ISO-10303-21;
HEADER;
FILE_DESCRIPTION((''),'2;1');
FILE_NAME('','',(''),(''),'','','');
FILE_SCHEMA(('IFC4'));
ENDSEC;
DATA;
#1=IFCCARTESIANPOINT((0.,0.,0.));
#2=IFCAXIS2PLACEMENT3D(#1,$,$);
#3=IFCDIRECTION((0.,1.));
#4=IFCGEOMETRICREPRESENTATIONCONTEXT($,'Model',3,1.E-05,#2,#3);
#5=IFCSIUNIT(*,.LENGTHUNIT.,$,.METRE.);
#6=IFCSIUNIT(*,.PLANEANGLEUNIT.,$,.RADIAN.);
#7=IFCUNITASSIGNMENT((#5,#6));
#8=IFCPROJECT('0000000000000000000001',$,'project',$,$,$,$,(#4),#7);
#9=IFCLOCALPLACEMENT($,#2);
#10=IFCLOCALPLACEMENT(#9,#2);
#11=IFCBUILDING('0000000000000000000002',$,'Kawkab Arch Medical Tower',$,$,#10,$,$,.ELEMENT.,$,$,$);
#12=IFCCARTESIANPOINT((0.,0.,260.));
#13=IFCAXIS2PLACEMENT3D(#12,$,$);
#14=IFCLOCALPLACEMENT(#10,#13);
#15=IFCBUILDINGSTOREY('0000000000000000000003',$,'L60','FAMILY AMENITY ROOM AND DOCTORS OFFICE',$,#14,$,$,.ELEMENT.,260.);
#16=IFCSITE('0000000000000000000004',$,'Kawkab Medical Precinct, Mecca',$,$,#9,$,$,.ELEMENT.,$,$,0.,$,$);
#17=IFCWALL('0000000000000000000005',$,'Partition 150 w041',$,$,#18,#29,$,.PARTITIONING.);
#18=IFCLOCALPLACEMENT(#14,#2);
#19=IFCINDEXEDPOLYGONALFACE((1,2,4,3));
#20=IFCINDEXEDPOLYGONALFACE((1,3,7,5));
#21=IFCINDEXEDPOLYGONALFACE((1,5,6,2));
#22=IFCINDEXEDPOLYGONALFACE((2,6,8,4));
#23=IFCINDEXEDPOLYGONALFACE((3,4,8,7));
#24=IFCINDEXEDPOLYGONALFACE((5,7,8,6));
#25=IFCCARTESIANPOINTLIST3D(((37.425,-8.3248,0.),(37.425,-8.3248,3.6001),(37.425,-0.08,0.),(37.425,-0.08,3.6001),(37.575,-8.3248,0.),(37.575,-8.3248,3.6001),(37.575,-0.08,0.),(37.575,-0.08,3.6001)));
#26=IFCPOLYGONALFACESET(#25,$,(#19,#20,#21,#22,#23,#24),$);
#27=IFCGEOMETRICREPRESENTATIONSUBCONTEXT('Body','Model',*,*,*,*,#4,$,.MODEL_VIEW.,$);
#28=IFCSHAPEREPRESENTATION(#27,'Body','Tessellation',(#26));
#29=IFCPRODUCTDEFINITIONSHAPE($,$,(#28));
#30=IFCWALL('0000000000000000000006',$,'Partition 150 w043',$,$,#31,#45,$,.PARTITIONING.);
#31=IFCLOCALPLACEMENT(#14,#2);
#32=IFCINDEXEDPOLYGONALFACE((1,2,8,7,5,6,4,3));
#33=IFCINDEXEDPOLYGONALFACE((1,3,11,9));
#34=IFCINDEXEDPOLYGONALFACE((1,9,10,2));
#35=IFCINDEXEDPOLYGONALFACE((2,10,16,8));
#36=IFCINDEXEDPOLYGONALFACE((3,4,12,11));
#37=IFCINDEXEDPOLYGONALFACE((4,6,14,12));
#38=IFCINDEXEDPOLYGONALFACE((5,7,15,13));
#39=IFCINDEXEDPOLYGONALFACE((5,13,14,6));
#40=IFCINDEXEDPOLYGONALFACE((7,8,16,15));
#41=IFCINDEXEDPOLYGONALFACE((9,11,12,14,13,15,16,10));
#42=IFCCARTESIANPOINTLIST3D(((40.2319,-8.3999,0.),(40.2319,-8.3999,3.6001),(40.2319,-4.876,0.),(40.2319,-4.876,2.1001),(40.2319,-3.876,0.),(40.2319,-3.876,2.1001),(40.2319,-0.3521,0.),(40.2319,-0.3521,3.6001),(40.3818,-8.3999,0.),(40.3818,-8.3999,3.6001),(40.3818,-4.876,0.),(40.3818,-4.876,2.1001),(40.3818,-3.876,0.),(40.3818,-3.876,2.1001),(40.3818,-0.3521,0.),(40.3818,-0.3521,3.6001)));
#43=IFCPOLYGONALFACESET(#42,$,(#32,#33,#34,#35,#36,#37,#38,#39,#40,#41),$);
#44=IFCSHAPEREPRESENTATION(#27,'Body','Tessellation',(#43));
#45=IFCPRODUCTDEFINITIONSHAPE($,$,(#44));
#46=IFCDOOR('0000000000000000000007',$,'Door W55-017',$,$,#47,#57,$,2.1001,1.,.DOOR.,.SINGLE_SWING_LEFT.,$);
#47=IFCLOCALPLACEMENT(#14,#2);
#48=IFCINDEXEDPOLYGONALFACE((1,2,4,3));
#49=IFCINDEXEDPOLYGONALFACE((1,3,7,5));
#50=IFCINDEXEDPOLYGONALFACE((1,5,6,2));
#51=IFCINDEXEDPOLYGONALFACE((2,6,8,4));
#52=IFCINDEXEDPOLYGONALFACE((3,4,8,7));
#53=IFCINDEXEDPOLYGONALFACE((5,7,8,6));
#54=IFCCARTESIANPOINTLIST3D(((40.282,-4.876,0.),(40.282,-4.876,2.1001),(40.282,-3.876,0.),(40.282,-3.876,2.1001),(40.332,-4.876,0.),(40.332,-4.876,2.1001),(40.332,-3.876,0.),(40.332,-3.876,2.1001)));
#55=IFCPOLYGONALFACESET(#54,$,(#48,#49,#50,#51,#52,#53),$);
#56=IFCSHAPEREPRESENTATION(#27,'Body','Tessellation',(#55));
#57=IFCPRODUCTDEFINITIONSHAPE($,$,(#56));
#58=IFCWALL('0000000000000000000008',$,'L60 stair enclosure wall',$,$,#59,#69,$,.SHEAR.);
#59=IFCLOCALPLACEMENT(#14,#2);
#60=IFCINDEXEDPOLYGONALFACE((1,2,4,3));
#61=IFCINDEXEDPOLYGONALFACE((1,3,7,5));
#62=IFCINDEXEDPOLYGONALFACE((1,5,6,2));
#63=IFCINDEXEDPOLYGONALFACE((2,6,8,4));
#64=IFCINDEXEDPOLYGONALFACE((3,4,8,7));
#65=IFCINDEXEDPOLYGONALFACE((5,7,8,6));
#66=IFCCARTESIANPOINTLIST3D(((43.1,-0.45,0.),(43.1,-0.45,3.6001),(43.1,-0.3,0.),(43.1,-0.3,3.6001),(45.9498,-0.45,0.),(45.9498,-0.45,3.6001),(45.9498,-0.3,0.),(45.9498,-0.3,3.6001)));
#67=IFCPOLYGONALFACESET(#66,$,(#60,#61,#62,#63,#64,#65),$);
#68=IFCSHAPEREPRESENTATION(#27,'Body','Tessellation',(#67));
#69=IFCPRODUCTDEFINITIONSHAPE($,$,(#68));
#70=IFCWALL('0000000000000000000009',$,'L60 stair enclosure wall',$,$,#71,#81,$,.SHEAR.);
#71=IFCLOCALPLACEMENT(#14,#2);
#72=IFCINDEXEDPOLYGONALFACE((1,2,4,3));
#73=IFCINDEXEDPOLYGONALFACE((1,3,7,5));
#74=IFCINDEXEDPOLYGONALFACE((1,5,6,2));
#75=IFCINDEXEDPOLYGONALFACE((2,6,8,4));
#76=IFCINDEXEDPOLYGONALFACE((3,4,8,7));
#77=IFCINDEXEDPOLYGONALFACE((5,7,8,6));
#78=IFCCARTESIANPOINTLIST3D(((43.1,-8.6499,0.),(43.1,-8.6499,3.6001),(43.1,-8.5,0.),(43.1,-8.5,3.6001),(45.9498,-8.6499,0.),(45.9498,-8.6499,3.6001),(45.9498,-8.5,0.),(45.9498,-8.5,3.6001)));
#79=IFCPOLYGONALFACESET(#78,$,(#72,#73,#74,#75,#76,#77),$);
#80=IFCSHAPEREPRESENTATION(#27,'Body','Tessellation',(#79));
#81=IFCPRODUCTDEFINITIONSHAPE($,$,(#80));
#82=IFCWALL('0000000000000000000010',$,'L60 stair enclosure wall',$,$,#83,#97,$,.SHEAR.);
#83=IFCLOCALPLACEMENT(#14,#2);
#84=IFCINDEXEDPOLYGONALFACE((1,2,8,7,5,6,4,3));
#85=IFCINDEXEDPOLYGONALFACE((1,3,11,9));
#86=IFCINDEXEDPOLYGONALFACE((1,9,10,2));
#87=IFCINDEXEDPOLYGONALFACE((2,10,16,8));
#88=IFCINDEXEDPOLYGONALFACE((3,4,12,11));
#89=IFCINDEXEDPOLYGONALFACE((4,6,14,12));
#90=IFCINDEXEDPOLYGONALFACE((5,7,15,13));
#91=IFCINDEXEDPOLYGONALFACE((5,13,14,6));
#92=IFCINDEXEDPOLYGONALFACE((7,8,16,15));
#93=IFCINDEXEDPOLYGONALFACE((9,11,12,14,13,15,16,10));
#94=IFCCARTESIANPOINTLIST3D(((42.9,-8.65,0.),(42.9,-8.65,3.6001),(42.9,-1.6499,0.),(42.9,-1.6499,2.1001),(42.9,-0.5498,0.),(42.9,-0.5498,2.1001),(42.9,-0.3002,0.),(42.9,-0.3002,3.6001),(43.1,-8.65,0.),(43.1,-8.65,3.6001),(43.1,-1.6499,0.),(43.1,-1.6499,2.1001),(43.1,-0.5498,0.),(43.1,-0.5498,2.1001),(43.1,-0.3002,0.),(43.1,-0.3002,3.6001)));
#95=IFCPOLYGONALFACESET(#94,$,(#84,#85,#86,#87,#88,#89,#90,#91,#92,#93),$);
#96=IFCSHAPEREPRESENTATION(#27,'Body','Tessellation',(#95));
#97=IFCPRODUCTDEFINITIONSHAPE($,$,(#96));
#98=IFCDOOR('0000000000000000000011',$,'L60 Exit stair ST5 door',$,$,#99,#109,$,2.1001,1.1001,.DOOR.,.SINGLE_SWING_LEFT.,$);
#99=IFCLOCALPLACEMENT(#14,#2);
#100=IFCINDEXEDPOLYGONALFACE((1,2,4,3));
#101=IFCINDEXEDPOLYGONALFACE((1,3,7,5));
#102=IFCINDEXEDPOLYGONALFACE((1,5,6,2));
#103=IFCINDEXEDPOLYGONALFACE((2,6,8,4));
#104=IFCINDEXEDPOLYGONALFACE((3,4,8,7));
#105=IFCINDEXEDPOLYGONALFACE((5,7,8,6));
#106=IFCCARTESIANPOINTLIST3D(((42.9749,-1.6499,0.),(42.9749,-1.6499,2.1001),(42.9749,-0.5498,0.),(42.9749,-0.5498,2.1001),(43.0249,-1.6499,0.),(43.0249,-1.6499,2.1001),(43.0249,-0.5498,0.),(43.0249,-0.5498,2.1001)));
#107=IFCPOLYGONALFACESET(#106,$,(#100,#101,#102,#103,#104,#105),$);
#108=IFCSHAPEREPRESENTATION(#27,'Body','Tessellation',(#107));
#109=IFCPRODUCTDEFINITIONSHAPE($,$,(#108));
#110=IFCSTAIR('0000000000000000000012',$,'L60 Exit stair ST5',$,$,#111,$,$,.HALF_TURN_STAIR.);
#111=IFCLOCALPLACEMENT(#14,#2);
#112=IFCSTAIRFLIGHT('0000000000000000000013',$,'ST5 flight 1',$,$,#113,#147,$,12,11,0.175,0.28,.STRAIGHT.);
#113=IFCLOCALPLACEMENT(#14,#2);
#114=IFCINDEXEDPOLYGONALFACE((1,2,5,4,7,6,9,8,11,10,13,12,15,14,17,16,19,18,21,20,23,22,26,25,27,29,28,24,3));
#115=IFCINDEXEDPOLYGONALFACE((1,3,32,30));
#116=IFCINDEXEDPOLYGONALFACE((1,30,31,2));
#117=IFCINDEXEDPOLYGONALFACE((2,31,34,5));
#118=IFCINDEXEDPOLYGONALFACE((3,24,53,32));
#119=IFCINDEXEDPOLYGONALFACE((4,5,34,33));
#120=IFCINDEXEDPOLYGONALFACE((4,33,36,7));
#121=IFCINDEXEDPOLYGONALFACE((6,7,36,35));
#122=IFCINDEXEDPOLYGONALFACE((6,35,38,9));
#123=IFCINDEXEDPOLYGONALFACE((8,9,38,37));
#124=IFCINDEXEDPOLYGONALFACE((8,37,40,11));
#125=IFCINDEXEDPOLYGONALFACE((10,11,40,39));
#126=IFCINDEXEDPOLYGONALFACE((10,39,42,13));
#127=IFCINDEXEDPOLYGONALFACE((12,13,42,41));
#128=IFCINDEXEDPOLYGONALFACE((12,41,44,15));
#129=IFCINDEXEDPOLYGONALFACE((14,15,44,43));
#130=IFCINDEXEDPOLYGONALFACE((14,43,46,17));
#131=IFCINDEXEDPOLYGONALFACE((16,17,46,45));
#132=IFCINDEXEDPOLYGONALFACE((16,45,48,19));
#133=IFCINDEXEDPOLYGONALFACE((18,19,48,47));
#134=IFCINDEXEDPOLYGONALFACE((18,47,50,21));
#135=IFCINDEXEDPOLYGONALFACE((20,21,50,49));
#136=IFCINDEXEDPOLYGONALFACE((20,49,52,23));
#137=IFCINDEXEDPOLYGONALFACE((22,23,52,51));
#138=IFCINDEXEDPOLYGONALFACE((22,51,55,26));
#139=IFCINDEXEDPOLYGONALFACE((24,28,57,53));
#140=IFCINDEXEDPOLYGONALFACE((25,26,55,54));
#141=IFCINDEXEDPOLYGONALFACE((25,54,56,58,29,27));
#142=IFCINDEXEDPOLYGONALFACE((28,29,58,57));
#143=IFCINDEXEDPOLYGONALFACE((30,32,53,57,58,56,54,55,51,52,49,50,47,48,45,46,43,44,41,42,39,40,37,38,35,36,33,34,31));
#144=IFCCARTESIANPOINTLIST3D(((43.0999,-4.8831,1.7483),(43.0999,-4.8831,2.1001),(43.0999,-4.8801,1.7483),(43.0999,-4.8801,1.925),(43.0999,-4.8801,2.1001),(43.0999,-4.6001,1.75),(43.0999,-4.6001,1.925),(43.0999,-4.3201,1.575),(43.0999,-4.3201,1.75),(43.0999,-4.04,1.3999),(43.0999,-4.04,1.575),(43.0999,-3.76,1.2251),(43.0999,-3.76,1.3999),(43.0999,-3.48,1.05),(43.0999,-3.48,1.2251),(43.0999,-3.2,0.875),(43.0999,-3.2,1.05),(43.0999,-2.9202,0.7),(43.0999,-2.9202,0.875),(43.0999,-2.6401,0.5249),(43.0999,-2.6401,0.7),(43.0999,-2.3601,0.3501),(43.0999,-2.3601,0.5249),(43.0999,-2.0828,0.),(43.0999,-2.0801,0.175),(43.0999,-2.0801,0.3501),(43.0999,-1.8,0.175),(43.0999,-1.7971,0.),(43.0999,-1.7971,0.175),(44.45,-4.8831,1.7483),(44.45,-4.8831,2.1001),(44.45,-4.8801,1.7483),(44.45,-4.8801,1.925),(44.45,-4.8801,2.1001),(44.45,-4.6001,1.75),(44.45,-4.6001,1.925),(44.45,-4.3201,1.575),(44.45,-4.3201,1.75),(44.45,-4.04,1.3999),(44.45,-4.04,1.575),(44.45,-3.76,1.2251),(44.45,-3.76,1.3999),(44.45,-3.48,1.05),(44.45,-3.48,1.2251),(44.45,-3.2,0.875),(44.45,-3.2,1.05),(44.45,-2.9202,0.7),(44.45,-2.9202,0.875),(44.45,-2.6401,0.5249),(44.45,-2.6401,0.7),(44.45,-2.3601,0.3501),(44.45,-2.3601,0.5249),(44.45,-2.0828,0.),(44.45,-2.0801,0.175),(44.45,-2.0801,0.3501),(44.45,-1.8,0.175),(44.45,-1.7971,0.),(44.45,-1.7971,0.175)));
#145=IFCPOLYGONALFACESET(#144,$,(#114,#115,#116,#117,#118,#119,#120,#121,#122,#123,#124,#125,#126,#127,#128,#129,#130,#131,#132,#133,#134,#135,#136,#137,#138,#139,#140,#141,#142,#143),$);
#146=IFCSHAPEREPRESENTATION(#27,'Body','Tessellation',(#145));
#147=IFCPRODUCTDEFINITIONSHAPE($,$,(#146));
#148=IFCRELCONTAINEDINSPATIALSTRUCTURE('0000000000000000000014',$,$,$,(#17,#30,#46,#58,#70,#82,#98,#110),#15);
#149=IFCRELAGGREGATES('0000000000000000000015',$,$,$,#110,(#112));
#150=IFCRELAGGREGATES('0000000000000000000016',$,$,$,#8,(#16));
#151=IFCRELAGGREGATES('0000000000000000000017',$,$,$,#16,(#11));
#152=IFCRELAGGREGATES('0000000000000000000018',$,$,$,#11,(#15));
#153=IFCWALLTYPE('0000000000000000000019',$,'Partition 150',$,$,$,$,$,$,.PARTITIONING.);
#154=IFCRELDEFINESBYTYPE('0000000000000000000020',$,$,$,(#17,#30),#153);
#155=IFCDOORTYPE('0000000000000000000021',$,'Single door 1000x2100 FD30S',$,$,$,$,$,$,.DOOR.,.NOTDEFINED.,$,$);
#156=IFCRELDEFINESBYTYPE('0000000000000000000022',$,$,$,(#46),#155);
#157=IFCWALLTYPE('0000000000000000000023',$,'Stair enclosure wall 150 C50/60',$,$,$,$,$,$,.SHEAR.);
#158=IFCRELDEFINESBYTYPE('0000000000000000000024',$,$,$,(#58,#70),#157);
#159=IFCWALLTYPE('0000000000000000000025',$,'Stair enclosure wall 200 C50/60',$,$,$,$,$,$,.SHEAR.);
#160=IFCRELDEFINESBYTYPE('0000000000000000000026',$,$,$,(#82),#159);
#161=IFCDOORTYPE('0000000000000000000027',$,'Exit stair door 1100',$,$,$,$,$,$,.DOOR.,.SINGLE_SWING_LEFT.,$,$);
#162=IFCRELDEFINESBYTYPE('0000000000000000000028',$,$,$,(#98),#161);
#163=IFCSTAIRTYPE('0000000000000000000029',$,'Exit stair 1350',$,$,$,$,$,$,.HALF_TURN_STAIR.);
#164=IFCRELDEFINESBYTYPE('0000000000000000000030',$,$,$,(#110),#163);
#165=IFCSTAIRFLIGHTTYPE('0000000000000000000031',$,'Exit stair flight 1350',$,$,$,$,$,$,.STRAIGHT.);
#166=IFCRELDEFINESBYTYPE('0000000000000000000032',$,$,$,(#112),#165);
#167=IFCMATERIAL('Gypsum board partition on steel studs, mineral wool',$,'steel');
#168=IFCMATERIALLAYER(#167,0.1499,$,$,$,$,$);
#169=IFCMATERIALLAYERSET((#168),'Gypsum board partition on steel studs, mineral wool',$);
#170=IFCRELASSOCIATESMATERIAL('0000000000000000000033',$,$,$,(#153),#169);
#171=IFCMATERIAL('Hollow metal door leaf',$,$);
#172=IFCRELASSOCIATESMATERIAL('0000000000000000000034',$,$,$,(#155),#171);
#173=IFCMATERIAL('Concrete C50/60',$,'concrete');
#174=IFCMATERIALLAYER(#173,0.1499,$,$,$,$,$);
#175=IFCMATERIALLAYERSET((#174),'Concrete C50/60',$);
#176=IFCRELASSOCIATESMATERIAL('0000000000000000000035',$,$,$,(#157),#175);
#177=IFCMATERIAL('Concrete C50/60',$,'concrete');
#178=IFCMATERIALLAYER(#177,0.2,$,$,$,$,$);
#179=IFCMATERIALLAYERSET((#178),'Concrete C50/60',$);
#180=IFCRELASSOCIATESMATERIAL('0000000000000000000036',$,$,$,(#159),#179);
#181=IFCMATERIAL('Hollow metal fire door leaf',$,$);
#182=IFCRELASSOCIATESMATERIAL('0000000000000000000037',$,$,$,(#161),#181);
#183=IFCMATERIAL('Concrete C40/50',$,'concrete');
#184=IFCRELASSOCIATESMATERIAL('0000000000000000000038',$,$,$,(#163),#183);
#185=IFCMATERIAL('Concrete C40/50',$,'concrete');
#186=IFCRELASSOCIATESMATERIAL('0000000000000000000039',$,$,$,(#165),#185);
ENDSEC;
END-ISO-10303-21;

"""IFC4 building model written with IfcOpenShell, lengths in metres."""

from ifc_helpers import new_model, si_unit, direction, frame, frame_2d, origin, place, context, subcontext, project, spatial, polyline, rectangle, outline, extrude, material, layer, layer_set, type_object, element, fill, aggregate, save


model = new_model("IFC4")

# Units and contexts
model_context = context("Model", 3, precision=1e-05, world=origin(), true_north=direction((0.0, 1.0)))
body_context = subcontext(model_context, "Body", "Model", "MODEL_VIEW")
ifc_project = project(units=[si_unit("LENGTHUNIT", "METRE"), si_unit("PLANEANGLEUNIT", "RADIAN")], contexts=[model_context])

# Site, building, storey
site_placement = place(None, origin())
site = spatial("IfcSite", under=ifc_project, at=site_placement, Name="Kawkab Medical Precinct, Mecca", CompositionType="ELEMENT", RefElevation=0.0)
building_placement = place(site_placement, origin())
building = spatial("IfcBuilding", under=site, at=building_placement, Name="Kawkab Arch Medical Tower", CompositionType="ELEMENT")
storey_placement = place(building_placement, frame((0.0, 0.0, 260.0)))
storey = spatial("IfcBuildingStorey", under=building, at=storey_placement, Name="L60", Description="FAMILY AMENITY ROOM AND DOCTORS OFFICE", CompositionType="ELEMENT", Elevation=260.0)

# Shared definitions
placement = place(storey_placement, origin())

# Wall
ifc_material_1 = material(Name="Gypsum board partition on steel studs, mineral wool", Category="steel")
ifc_layer_1 = layer(ifc_material_1, 0.1499)
ifc_layer_set_1 = layer_set([ifc_layer_1], Name="Gypsum board partition on steel studs, mineral wool")
wall_type_1 = type_object("IfcWallType", Name="Partition 150", PredefinedType="PARTITIONING", material=ifc_layer_set_1)
wall_1_placement = place(storey_placement, frame((37.5, -8.325, 0.0), z_axis=(0.0, 0.0, 1.0), x_axis=(0.0, 1.0, 0.0)))
element("IfcWall", 1, at=wall_1_placement, inside=storey, type_object=wall_type_1, Name="Partition 150 w041", PredefinedType="PARTITIONING", context=body_context, shape_type="SweptSolid", body=[
    extrude(rectangle(XDim=8.2449, YDim=0.1499, at=frame_2d((4.1226, 0.0))), origin(), (0.0, 0.0, 1.0), 3.6001),
])

# Wall, opening, door
wall_2_placement = place(storey_placement, frame((40.3069, -8.3999, 0.0), z_axis=(0.0, 0.0, 1.0), x_axis=(0.0, 1.0, 0.0)))
wall_2 = element("IfcWall", 2, at=wall_2_placement, inside=storey, type_object=wall_type_1, Name="Partition 150 w043", PredefinedType="PARTITIONING", context=body_context, shape_type="SweptSolid", body=[
    extrude(rectangle(XDim=8.0479, YDim=0.1499, at=frame_2d((4.0239, 0.0))), origin(), (0.0, 0.0, 1.0), 3.6001),
])
opening_1_placement = place(wall_2_placement, frame((3.5239, 0.0, 0.0)))
opening_1 = element("IfcOpeningElement", 3, at=opening_1_placement, cuts=wall_2, PredefinedType="OPENING", context=body_context, shape_type="SweptSolid", body=[
    extrude(rectangle(XDim=1.0, YDim=2.1001, at=frame_2d((0.5, 1.05))), frame((0.0, 0.085, 0.0), z_axis=(0.0, -1.0, 0.0), x_axis=(1.0, 0.0, 0.0)), (0.0, 0.0, 1.0), 0.1699),
])
ifc_material_2 = material(Name="Hollow metal door leaf")
door_type_1 = type_object("IfcDoorType", Name="Single door 1000x2100 FD30S", OperationType="NOTDEFINED", PredefinedType="DOOR", material=ifc_material_2)
door_1_placement = place(opening_1_placement, origin())
door_1 = element("IfcDoor", 4, at=door_1_placement, inside=storey, type_object=door_type_1, Name="Door W55-017", OperationType="SINGLE_SWING_LEFT", OverallHeight=2.1001, OverallWidth=1.0, PredefinedType="DOOR", context=body_context, shape_type="SweptSolid", body=[
    extrude(rectangle(XDim=1.0, YDim=2.1001, at=frame_2d((0.5, 1.05))), frame((0.0, 0.0249, 0.0), z_axis=(0.0, -1.0, 0.0), x_axis=(1.0, 0.0, 0.0)), (0.0, 0.0, 1.0), 0.05),
])
fill(opening_1, door_1)

# Walls
ifc_material_3 = material(Name="Concrete C50/60", Category="concrete")
ifc_layer_2 = layer(ifc_material_3, 0.1499)
ifc_layer_set_2 = layer_set([ifc_layer_2], Name="Concrete C50/60")
wall_type_2 = type_object("IfcWallType", Name="Stair enclosure wall 150 C50/60", PredefinedType="SHEAR", material=ifc_layer_set_2)
for number, where, z_axis, x_axis, name in (
    (5, (43.1001, -0.375, 0.0), (0.0, 0.0, 1.0), (1.0, 0.0, 0.0), "L60 stair enclosure wall"),
    (6, (43.1001, -8.575, 0.0), (0.0, 0.0, 1.0), (1.0, 0.0, 0.0), "L60 stair enclosure wall"),
):
    element("IfcWall", number, at=place(storey_placement, frame(where, z_axis=z_axis, x_axis=x_axis)), inside=storey, type_object=wall_type_2, Name=name, PredefinedType="SHEAR", context=body_context, shape_type="SweptSolid", body=[
        extrude(rectangle(XDim=2.8499, YDim=0.1499, at=frame_2d((1.4248, 0.0))), origin(), (0.0, 0.0, 1.0), 3.6001),
    ])

# Wall, opening, door
ifc_material_4 = material(Name="Concrete C50/60", Category="concrete")
ifc_layer_3 = layer(ifc_material_4, 0.2)
ifc_layer_set_3 = layer_set([ifc_layer_3], Name="Concrete C50/60")
wall_type_3 = type_object("IfcWallType", Name="Stair enclosure wall 200 C50/60", PredefinedType="SHEAR", material=ifc_layer_set_3)
wall_3_placement = place(storey_placement, frame((43.0, -8.6499, 0.0), z_axis=(0.0, 0.0, 1.0), x_axis=(0.0, 1.0, 0.0)))
wall_3 = element("IfcWall", 7, at=wall_3_placement, inside=storey, type_object=wall_type_3, Name="L60 stair enclosure wall", PredefinedType="SHEAR", context=body_context, shape_type="SweptSolid", body=[
    extrude(rectangle(XDim=8.3499, YDim=0.2, at=frame_2d((4.1748, 0.0))), origin(), (0.0, 0.0, 1.0), 3.6001),
])
opening_2_placement = place(wall_3_placement, frame((7.0, 0.0, 0.0)))
opening_2 = element("IfcOpeningElement", 8, at=opening_2_placement, cuts=wall_3, PredefinedType="OPENING", context=body_context, shape_type="SweptSolid", body=[
    extrude(rectangle(XDim=1.1001, YDim=2.1001, at=frame_2d((0.55, 1.05))), frame((0.0, 0.1099, 0.0), z_axis=(0.0, -1.0, 0.0), x_axis=(1.0, 0.0, 0.0)), (0.0, 0.0, 1.0), 0.22),
])
ifc_material_5 = material(Name="Hollow metal fire door leaf")
door_type_2 = type_object("IfcDoorType", Name="Exit stair door 1100", OperationType="SINGLE_SWING_LEFT", PredefinedType="DOOR", material=ifc_material_5)
door_2_placement = place(opening_2_placement, frame((1.1001, 0.0, 0.0), z_axis=(0.0, 0.0, 1.0), x_axis=(-1.0, 0.0, 0.0)))
door_2 = element("IfcDoor", 9, at=door_2_placement, inside=storey, type_object=door_type_2, Name="L60 Exit stair ST5 door", OperationType="SINGLE_SWING_LEFT", OverallHeight=2.1001, OverallWidth=1.1001, PredefinedType="DOOR", context=body_context, shape_type="SweptSolid", body=[
    extrude(rectangle(XDim=1.1001, YDim=2.1001, at=frame_2d((0.55, 1.05))), frame((0.0, 0.0249, 0.0), z_axis=(0.0, -1.0, 0.0), x_axis=(1.0, 0.0, 0.0)), (0.0, 0.0, 1.0), 0.05),
])
fill(opening_2, door_2)

# Stair, stair flight
ifc_material_6 = material(Name="Concrete C40/50", Category="concrete")
stair_type = type_object("IfcStairType", Name="Exit stair 1350", PredefinedType="HALF_TURN_STAIR", material=ifc_material_6)
stair = element("IfcStair", 10, at=placement, inside=storey, type_object=stair_type, Name="L60 Exit stair ST5", PredefinedType="HALF_TURN_STAIR")
ifc_material_7 = material(Name="Concrete C40/50", Category="concrete")
stair_flight_type = type_object("IfcStairFlightType", Name="Exit stair flight 1350", PredefinedType="STRAIGHT", material=ifc_material_7)
stair_flight_placement = place(storey_placement, frame((43.7749, -1.8, 0.0), z_axis=(0.0, 0.0, 1.0), x_axis=(0.0, -1.0, 0.0)))
stair_flight = element("IfcStairFlight", 11, at=stair_flight_placement, type_object=stair_flight_type, Name="ST5 flight 1", NumberOfRisers=12, NumberOfTreads=11, PredefinedType="STRAIGHT", RiserHeight=0.175, TreadLength=0.28, context=body_context, shape_type="SweptSolid", body=[
    extrude(outline(polyline([(-0.0029, 0.0), (-0.0029, 0.175), (0.0, 0.175), (0.28, 0.175), (0.28, 0.3501), (0.5601, 0.3501), (0.5601, 0.5249), (0.8401, 0.5249), (0.8401, 0.7), (1.1201, 0.7), (1.1201, 0.875), (1.3999, 0.875), (1.3999, 1.05), (1.6799, 1.05), (1.6799, 1.2251), (1.96, 1.2251), (1.96, 1.3999), (2.24, 1.3999), (2.24, 1.575), (2.52, 1.575), (2.52, 1.75), (2.8, 1.75), (2.8, 1.925), (3.0801, 1.925), (3.0801, 2.1001), (3.083, 2.1001), (3.083, 1.7483), (3.0801, 1.7483), (0.2827, 0.0), (-0.0029, 0.0)])), frame((0.0, 0.675, 0.0), z_axis=(0.0, -1.0, 0.0), x_axis=(1.0, 0.0, 0.0)), (0.0, 0.0, 1.0), 1.3501),
])
aggregate(stair, [stair_flight])

save(model, "model.ifc")
